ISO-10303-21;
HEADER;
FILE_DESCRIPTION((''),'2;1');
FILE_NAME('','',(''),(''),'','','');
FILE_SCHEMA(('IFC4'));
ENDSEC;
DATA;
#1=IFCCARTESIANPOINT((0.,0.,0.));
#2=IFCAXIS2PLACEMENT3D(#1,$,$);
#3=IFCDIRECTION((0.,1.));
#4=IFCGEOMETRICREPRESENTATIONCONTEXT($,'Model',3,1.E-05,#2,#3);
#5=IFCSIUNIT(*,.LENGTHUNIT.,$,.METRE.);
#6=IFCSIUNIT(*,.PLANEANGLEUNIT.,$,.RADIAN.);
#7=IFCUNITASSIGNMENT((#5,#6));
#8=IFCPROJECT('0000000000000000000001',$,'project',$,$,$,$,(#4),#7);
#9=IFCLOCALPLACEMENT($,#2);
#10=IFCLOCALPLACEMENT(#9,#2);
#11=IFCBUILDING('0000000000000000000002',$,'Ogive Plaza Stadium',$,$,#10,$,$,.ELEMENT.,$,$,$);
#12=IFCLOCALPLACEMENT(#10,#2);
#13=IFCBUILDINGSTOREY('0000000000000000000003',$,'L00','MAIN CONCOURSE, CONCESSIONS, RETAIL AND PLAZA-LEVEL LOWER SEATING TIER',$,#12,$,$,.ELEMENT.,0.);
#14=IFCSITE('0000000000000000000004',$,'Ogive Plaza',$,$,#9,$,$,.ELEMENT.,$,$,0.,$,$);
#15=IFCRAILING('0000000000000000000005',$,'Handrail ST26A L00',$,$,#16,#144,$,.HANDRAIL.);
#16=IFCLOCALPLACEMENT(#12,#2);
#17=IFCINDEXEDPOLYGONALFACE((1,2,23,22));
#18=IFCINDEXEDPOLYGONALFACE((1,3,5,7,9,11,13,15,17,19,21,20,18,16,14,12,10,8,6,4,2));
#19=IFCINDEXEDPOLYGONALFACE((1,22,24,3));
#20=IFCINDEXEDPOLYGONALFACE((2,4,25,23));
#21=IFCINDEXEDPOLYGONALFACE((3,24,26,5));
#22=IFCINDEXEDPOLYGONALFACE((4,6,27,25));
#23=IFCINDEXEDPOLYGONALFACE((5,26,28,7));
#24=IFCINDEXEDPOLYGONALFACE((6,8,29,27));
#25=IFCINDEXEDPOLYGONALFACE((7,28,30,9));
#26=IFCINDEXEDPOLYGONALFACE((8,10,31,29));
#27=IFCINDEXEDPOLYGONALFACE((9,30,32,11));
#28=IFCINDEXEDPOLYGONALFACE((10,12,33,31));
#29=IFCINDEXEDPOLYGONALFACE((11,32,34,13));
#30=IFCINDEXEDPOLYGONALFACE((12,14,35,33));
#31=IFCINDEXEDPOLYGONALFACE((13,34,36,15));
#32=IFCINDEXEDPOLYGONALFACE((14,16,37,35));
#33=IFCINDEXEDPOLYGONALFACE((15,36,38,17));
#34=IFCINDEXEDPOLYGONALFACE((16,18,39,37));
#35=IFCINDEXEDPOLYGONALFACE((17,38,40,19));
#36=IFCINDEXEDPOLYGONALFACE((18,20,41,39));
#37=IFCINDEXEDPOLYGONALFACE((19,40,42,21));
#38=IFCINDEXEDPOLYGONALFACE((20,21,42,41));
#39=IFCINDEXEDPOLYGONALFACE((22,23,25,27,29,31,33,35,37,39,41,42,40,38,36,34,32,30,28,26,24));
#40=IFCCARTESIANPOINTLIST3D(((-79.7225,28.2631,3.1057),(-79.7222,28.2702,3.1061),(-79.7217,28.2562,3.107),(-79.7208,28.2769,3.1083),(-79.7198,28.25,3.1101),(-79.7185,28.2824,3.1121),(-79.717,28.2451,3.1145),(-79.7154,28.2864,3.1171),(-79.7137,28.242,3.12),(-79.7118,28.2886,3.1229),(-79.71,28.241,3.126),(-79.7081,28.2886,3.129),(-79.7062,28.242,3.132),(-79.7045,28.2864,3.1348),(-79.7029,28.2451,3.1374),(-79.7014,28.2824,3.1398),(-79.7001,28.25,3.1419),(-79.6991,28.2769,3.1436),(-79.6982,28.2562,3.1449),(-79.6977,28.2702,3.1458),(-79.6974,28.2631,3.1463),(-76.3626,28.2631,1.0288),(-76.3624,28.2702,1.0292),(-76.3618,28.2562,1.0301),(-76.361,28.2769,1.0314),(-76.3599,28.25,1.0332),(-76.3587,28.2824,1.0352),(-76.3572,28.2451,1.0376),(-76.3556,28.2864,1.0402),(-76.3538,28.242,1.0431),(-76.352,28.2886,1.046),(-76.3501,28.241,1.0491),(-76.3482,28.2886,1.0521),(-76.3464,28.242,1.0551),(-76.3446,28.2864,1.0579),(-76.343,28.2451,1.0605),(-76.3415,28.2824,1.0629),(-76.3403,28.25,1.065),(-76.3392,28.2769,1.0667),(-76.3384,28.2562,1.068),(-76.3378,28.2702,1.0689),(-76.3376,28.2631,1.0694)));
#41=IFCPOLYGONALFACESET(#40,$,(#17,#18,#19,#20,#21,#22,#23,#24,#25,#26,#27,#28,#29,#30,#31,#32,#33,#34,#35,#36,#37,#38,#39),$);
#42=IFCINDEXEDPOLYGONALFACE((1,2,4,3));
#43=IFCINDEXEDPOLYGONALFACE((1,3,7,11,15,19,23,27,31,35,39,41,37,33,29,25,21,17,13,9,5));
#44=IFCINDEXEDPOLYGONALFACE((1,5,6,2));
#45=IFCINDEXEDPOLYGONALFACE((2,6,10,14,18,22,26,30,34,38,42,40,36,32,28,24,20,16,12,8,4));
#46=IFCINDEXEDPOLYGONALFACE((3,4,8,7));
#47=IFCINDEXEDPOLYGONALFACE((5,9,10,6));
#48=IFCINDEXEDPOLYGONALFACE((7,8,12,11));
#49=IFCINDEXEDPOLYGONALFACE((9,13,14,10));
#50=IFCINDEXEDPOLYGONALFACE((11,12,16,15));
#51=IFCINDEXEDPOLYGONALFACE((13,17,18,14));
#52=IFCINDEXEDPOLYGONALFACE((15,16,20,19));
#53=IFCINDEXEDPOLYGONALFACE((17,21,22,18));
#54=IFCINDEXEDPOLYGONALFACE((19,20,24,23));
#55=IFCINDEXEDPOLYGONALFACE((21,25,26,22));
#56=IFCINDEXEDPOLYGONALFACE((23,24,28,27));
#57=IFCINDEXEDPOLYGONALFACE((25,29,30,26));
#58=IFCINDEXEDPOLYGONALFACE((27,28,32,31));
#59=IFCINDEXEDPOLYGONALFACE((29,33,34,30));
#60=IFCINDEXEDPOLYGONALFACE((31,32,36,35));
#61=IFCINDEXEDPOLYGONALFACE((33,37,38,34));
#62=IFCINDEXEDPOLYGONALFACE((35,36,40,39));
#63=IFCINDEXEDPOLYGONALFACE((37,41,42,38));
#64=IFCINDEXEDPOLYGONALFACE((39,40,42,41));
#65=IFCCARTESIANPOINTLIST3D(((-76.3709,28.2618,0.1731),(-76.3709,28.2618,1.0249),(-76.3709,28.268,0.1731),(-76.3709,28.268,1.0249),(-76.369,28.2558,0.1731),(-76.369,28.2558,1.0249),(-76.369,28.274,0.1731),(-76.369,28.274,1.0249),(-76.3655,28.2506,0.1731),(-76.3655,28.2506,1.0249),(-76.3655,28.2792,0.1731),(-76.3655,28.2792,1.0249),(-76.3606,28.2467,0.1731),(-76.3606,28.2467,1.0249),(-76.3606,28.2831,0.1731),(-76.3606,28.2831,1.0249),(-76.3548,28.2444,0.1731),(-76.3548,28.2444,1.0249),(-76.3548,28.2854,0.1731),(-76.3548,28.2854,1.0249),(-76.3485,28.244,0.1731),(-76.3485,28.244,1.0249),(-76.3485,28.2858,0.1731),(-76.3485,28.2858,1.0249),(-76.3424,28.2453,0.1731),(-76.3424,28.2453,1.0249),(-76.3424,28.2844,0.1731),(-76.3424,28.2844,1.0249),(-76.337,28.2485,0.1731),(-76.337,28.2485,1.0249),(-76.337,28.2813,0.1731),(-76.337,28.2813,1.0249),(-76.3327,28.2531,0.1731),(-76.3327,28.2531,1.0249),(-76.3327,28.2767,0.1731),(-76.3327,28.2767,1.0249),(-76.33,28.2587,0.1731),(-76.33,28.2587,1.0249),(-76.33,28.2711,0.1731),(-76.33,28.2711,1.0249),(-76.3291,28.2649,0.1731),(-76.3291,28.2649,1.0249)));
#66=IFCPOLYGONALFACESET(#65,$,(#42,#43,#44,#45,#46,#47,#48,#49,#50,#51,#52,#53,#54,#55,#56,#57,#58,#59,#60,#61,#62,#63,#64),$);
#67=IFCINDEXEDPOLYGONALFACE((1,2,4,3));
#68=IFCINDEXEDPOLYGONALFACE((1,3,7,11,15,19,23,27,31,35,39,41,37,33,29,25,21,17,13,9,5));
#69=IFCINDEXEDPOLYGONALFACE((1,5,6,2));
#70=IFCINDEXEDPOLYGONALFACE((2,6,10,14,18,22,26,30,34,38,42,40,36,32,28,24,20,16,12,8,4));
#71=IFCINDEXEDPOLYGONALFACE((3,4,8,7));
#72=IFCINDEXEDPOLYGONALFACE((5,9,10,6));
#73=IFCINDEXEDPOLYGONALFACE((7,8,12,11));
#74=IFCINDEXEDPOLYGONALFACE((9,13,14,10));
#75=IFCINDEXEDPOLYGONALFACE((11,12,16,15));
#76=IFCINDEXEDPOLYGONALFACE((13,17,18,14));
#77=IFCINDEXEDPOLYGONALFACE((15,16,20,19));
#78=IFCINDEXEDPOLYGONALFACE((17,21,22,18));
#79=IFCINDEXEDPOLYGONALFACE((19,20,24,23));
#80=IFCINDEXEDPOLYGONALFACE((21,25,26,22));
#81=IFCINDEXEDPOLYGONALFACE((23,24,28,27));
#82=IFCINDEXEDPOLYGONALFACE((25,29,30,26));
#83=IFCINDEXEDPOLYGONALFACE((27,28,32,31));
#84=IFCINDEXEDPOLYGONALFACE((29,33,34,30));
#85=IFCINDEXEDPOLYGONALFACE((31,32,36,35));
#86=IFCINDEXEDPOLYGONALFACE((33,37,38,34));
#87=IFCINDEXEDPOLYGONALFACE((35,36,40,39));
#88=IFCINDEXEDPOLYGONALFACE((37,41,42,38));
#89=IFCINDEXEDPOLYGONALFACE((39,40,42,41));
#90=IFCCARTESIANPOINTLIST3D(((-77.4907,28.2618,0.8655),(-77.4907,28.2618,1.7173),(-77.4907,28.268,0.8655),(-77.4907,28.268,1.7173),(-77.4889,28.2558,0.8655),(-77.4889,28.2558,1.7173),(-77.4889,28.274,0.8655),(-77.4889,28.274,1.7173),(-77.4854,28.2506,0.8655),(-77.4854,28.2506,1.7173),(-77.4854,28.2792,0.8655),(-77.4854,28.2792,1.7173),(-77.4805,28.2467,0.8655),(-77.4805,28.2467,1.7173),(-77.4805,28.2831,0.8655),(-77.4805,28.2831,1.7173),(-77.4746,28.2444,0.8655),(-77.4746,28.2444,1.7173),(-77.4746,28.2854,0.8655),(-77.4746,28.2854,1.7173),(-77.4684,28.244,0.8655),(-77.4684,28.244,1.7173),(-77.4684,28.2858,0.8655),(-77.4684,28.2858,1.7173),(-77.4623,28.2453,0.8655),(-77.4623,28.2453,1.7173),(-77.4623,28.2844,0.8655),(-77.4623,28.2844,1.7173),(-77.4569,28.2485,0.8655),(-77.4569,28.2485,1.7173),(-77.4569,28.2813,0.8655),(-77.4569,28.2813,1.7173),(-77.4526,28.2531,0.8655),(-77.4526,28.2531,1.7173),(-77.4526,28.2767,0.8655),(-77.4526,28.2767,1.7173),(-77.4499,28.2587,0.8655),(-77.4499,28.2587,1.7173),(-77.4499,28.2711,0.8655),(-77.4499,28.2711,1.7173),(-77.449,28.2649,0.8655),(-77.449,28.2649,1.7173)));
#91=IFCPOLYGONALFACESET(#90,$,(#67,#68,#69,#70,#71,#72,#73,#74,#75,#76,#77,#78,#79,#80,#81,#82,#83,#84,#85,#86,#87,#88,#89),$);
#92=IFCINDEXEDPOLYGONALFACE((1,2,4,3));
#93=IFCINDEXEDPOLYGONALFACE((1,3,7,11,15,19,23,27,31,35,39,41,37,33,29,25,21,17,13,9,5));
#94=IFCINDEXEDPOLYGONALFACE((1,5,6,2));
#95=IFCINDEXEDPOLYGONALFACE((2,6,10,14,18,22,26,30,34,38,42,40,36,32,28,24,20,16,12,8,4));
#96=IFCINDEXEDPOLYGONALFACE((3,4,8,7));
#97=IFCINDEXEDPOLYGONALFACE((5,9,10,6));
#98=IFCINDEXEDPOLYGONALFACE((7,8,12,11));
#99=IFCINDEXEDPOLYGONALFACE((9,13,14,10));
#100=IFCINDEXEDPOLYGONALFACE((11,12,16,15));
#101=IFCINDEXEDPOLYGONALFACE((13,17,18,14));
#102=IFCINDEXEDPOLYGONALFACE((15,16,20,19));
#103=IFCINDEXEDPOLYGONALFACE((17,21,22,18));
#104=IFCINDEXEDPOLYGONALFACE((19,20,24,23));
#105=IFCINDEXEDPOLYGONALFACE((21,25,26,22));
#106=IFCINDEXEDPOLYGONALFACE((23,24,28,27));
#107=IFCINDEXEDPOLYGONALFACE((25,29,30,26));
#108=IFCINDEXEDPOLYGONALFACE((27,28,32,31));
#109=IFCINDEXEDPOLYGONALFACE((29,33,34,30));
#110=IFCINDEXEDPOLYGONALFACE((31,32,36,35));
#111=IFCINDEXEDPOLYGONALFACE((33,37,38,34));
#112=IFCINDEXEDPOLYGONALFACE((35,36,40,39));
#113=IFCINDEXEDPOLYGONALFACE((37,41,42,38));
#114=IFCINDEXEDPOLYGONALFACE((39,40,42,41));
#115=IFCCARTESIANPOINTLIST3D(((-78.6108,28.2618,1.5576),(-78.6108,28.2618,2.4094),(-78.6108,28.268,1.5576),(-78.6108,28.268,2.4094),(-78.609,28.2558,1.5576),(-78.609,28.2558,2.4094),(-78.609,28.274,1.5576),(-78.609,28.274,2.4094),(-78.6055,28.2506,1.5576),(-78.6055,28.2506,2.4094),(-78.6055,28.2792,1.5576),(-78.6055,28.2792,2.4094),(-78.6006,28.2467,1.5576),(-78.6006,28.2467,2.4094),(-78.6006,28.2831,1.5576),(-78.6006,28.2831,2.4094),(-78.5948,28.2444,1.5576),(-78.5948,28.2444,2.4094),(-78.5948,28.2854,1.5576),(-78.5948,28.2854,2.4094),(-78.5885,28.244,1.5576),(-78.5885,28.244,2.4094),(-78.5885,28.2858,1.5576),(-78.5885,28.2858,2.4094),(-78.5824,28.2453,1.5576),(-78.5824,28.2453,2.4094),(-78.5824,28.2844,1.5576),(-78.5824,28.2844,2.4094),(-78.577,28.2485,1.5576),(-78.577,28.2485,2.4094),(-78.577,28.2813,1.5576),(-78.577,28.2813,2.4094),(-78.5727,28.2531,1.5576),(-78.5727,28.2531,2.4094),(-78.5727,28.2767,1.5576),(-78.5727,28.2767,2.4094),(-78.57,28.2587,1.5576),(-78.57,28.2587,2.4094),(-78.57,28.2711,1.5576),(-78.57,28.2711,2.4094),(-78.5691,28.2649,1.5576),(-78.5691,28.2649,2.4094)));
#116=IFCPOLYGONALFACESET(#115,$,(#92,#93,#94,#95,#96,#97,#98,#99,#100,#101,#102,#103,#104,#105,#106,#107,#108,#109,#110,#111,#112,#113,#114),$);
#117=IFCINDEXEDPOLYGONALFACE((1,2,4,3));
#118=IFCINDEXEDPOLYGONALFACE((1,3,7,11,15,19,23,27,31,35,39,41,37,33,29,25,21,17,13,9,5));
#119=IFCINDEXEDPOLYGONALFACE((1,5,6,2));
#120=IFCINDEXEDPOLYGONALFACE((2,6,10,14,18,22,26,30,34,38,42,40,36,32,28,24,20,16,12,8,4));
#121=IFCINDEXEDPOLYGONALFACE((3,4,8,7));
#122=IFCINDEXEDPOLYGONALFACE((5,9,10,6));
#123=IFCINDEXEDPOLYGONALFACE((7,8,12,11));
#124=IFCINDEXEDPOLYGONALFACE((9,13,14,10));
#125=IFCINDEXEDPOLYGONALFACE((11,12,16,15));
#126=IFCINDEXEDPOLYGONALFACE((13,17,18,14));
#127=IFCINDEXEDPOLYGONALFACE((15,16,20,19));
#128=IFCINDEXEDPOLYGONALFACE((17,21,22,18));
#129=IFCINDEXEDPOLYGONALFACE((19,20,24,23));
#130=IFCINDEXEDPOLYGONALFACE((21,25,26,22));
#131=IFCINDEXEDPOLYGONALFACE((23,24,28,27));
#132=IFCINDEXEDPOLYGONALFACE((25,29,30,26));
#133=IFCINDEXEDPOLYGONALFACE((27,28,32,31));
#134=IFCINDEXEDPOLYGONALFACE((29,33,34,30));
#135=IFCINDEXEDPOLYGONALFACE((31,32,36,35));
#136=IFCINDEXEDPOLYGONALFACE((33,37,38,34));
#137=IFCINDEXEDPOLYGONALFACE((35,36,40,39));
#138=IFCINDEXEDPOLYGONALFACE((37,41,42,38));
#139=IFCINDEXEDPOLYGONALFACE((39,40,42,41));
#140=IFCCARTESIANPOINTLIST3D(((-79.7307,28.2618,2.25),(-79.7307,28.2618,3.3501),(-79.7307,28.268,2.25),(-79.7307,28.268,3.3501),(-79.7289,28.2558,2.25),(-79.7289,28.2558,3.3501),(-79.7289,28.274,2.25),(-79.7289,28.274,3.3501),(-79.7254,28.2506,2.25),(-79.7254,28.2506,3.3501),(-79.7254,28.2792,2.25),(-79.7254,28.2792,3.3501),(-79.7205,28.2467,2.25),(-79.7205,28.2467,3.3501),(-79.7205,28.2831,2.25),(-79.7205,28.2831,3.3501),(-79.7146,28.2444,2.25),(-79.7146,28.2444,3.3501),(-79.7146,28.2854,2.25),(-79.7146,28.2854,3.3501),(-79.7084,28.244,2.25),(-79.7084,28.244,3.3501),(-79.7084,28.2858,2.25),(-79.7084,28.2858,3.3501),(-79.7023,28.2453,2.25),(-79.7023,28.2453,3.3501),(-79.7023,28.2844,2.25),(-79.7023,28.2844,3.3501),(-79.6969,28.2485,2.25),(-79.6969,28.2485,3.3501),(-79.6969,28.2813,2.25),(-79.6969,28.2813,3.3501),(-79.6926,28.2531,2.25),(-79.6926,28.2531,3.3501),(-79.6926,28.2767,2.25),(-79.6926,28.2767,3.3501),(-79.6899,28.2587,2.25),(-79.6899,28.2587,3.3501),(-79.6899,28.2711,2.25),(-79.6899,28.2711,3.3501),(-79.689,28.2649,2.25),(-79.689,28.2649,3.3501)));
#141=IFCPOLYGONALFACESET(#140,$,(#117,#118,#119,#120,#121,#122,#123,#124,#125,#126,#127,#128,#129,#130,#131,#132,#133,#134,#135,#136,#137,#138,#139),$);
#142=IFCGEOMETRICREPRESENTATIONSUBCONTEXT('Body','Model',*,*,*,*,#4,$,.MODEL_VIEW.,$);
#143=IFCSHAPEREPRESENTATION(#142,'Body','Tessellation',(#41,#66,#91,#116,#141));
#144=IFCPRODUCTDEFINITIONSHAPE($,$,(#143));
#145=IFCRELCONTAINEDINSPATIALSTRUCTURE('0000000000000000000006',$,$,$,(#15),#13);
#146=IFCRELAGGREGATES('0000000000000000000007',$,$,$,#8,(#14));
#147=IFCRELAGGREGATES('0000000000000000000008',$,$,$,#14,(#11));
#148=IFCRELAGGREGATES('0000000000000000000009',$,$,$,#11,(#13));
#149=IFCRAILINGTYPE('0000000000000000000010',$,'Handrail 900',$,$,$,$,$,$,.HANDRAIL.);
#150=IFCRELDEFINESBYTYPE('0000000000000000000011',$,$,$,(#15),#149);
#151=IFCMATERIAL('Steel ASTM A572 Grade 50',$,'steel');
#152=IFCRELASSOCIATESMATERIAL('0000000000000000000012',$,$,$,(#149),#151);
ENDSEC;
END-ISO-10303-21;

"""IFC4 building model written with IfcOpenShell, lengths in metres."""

from ifc_helpers import new_model, si_unit, direction, frame, origin, origin_2d, place, context, subcontext, project, spatial, circle, extrude, material, type_object, element, save


model = new_model("IFC4")

# Units and contexts
model_context = context("Model", 3, precision=1e-05, world=origin(), true_north=direction((0.0, 1.0)))
body_context = subcontext(model_context, "Body", "Model", "MODEL_VIEW")
ifc_project = project(units=[si_unit("LENGTHUNIT", "METRE"), si_unit("PLANEANGLEUNIT", "RADIAN")], contexts=[model_context])

# Site, building, storey
site_placement = place(None, origin())
site = spatial("IfcSite", under=ifc_project, at=site_placement, Name="Ogive Plaza", CompositionType="ELEMENT", RefElevation=0.0)
building_placement = place(site_placement, origin())
building = spatial("IfcBuilding", under=site, at=building_placement, Name="Ogive Plaza Stadium", CompositionType="ELEMENT")
storey_placement = place(building_placement, origin())
storey = spatial("IfcBuildingStorey", under=building, at=storey_placement, Name="L00", Description="MAIN CONCOURSE, CONCESSIONS, RETAIL AND PLAZA-LEVEL LOWER SEATING TIER", CompositionType="ELEMENT", Elevation=0.0)

# Railing
ifc_material_1 = material(Name="Steel ASTM A572 Grade 50", Category="steel")
railing_type = type_object("IfcRailingType", Name="Handrail 900", PredefinedType="HANDRAIL", material=ifc_material_1)
for number, where, name in (
    (1, (-76.3501, 28.2649, 0.1731), "Handrail ST26A L00"),
):
    element("IfcRailing", number, at=place(storey_placement, frame(where)), inside=storey, type_object=railing_type, Name=name, PredefinedType="HANDRAIL", context=body_context, shape_type="SweptSolid", body=[
        extrude(circle(Radius=0.0239, at=origin_2d()), frame((0.0, 0.0, 0.876), z_axis=(-0.850606, 0.0, 0.525803), x_axis=(0.0, -1.0, 0.0)), (0.0, 0.0, 1.0), 3.95),
        extrude(circle(Radius=0.021, at=origin_2d()), origin(), (0.0, 0.0, 1.0), 0.8518),
        extrude(circle(Radius=0.021, at=origin_2d()), frame((-1.1199, 0.0, 0.6924)), (0.0, 0.0, 1.0), 0.8518),
        extrude(circle(Radius=0.021, at=origin_2d()), frame((-2.24, 0.0, 1.3845)), (0.0, 0.0, 1.0), 0.8518),
        extrude(circle(Radius=0.021, at=origin_2d()), frame((-3.3599, 0.0, 2.0769)), (0.0, 0.0, 1.0), 1.1001),
    ])

save(model, "model.ifc")
